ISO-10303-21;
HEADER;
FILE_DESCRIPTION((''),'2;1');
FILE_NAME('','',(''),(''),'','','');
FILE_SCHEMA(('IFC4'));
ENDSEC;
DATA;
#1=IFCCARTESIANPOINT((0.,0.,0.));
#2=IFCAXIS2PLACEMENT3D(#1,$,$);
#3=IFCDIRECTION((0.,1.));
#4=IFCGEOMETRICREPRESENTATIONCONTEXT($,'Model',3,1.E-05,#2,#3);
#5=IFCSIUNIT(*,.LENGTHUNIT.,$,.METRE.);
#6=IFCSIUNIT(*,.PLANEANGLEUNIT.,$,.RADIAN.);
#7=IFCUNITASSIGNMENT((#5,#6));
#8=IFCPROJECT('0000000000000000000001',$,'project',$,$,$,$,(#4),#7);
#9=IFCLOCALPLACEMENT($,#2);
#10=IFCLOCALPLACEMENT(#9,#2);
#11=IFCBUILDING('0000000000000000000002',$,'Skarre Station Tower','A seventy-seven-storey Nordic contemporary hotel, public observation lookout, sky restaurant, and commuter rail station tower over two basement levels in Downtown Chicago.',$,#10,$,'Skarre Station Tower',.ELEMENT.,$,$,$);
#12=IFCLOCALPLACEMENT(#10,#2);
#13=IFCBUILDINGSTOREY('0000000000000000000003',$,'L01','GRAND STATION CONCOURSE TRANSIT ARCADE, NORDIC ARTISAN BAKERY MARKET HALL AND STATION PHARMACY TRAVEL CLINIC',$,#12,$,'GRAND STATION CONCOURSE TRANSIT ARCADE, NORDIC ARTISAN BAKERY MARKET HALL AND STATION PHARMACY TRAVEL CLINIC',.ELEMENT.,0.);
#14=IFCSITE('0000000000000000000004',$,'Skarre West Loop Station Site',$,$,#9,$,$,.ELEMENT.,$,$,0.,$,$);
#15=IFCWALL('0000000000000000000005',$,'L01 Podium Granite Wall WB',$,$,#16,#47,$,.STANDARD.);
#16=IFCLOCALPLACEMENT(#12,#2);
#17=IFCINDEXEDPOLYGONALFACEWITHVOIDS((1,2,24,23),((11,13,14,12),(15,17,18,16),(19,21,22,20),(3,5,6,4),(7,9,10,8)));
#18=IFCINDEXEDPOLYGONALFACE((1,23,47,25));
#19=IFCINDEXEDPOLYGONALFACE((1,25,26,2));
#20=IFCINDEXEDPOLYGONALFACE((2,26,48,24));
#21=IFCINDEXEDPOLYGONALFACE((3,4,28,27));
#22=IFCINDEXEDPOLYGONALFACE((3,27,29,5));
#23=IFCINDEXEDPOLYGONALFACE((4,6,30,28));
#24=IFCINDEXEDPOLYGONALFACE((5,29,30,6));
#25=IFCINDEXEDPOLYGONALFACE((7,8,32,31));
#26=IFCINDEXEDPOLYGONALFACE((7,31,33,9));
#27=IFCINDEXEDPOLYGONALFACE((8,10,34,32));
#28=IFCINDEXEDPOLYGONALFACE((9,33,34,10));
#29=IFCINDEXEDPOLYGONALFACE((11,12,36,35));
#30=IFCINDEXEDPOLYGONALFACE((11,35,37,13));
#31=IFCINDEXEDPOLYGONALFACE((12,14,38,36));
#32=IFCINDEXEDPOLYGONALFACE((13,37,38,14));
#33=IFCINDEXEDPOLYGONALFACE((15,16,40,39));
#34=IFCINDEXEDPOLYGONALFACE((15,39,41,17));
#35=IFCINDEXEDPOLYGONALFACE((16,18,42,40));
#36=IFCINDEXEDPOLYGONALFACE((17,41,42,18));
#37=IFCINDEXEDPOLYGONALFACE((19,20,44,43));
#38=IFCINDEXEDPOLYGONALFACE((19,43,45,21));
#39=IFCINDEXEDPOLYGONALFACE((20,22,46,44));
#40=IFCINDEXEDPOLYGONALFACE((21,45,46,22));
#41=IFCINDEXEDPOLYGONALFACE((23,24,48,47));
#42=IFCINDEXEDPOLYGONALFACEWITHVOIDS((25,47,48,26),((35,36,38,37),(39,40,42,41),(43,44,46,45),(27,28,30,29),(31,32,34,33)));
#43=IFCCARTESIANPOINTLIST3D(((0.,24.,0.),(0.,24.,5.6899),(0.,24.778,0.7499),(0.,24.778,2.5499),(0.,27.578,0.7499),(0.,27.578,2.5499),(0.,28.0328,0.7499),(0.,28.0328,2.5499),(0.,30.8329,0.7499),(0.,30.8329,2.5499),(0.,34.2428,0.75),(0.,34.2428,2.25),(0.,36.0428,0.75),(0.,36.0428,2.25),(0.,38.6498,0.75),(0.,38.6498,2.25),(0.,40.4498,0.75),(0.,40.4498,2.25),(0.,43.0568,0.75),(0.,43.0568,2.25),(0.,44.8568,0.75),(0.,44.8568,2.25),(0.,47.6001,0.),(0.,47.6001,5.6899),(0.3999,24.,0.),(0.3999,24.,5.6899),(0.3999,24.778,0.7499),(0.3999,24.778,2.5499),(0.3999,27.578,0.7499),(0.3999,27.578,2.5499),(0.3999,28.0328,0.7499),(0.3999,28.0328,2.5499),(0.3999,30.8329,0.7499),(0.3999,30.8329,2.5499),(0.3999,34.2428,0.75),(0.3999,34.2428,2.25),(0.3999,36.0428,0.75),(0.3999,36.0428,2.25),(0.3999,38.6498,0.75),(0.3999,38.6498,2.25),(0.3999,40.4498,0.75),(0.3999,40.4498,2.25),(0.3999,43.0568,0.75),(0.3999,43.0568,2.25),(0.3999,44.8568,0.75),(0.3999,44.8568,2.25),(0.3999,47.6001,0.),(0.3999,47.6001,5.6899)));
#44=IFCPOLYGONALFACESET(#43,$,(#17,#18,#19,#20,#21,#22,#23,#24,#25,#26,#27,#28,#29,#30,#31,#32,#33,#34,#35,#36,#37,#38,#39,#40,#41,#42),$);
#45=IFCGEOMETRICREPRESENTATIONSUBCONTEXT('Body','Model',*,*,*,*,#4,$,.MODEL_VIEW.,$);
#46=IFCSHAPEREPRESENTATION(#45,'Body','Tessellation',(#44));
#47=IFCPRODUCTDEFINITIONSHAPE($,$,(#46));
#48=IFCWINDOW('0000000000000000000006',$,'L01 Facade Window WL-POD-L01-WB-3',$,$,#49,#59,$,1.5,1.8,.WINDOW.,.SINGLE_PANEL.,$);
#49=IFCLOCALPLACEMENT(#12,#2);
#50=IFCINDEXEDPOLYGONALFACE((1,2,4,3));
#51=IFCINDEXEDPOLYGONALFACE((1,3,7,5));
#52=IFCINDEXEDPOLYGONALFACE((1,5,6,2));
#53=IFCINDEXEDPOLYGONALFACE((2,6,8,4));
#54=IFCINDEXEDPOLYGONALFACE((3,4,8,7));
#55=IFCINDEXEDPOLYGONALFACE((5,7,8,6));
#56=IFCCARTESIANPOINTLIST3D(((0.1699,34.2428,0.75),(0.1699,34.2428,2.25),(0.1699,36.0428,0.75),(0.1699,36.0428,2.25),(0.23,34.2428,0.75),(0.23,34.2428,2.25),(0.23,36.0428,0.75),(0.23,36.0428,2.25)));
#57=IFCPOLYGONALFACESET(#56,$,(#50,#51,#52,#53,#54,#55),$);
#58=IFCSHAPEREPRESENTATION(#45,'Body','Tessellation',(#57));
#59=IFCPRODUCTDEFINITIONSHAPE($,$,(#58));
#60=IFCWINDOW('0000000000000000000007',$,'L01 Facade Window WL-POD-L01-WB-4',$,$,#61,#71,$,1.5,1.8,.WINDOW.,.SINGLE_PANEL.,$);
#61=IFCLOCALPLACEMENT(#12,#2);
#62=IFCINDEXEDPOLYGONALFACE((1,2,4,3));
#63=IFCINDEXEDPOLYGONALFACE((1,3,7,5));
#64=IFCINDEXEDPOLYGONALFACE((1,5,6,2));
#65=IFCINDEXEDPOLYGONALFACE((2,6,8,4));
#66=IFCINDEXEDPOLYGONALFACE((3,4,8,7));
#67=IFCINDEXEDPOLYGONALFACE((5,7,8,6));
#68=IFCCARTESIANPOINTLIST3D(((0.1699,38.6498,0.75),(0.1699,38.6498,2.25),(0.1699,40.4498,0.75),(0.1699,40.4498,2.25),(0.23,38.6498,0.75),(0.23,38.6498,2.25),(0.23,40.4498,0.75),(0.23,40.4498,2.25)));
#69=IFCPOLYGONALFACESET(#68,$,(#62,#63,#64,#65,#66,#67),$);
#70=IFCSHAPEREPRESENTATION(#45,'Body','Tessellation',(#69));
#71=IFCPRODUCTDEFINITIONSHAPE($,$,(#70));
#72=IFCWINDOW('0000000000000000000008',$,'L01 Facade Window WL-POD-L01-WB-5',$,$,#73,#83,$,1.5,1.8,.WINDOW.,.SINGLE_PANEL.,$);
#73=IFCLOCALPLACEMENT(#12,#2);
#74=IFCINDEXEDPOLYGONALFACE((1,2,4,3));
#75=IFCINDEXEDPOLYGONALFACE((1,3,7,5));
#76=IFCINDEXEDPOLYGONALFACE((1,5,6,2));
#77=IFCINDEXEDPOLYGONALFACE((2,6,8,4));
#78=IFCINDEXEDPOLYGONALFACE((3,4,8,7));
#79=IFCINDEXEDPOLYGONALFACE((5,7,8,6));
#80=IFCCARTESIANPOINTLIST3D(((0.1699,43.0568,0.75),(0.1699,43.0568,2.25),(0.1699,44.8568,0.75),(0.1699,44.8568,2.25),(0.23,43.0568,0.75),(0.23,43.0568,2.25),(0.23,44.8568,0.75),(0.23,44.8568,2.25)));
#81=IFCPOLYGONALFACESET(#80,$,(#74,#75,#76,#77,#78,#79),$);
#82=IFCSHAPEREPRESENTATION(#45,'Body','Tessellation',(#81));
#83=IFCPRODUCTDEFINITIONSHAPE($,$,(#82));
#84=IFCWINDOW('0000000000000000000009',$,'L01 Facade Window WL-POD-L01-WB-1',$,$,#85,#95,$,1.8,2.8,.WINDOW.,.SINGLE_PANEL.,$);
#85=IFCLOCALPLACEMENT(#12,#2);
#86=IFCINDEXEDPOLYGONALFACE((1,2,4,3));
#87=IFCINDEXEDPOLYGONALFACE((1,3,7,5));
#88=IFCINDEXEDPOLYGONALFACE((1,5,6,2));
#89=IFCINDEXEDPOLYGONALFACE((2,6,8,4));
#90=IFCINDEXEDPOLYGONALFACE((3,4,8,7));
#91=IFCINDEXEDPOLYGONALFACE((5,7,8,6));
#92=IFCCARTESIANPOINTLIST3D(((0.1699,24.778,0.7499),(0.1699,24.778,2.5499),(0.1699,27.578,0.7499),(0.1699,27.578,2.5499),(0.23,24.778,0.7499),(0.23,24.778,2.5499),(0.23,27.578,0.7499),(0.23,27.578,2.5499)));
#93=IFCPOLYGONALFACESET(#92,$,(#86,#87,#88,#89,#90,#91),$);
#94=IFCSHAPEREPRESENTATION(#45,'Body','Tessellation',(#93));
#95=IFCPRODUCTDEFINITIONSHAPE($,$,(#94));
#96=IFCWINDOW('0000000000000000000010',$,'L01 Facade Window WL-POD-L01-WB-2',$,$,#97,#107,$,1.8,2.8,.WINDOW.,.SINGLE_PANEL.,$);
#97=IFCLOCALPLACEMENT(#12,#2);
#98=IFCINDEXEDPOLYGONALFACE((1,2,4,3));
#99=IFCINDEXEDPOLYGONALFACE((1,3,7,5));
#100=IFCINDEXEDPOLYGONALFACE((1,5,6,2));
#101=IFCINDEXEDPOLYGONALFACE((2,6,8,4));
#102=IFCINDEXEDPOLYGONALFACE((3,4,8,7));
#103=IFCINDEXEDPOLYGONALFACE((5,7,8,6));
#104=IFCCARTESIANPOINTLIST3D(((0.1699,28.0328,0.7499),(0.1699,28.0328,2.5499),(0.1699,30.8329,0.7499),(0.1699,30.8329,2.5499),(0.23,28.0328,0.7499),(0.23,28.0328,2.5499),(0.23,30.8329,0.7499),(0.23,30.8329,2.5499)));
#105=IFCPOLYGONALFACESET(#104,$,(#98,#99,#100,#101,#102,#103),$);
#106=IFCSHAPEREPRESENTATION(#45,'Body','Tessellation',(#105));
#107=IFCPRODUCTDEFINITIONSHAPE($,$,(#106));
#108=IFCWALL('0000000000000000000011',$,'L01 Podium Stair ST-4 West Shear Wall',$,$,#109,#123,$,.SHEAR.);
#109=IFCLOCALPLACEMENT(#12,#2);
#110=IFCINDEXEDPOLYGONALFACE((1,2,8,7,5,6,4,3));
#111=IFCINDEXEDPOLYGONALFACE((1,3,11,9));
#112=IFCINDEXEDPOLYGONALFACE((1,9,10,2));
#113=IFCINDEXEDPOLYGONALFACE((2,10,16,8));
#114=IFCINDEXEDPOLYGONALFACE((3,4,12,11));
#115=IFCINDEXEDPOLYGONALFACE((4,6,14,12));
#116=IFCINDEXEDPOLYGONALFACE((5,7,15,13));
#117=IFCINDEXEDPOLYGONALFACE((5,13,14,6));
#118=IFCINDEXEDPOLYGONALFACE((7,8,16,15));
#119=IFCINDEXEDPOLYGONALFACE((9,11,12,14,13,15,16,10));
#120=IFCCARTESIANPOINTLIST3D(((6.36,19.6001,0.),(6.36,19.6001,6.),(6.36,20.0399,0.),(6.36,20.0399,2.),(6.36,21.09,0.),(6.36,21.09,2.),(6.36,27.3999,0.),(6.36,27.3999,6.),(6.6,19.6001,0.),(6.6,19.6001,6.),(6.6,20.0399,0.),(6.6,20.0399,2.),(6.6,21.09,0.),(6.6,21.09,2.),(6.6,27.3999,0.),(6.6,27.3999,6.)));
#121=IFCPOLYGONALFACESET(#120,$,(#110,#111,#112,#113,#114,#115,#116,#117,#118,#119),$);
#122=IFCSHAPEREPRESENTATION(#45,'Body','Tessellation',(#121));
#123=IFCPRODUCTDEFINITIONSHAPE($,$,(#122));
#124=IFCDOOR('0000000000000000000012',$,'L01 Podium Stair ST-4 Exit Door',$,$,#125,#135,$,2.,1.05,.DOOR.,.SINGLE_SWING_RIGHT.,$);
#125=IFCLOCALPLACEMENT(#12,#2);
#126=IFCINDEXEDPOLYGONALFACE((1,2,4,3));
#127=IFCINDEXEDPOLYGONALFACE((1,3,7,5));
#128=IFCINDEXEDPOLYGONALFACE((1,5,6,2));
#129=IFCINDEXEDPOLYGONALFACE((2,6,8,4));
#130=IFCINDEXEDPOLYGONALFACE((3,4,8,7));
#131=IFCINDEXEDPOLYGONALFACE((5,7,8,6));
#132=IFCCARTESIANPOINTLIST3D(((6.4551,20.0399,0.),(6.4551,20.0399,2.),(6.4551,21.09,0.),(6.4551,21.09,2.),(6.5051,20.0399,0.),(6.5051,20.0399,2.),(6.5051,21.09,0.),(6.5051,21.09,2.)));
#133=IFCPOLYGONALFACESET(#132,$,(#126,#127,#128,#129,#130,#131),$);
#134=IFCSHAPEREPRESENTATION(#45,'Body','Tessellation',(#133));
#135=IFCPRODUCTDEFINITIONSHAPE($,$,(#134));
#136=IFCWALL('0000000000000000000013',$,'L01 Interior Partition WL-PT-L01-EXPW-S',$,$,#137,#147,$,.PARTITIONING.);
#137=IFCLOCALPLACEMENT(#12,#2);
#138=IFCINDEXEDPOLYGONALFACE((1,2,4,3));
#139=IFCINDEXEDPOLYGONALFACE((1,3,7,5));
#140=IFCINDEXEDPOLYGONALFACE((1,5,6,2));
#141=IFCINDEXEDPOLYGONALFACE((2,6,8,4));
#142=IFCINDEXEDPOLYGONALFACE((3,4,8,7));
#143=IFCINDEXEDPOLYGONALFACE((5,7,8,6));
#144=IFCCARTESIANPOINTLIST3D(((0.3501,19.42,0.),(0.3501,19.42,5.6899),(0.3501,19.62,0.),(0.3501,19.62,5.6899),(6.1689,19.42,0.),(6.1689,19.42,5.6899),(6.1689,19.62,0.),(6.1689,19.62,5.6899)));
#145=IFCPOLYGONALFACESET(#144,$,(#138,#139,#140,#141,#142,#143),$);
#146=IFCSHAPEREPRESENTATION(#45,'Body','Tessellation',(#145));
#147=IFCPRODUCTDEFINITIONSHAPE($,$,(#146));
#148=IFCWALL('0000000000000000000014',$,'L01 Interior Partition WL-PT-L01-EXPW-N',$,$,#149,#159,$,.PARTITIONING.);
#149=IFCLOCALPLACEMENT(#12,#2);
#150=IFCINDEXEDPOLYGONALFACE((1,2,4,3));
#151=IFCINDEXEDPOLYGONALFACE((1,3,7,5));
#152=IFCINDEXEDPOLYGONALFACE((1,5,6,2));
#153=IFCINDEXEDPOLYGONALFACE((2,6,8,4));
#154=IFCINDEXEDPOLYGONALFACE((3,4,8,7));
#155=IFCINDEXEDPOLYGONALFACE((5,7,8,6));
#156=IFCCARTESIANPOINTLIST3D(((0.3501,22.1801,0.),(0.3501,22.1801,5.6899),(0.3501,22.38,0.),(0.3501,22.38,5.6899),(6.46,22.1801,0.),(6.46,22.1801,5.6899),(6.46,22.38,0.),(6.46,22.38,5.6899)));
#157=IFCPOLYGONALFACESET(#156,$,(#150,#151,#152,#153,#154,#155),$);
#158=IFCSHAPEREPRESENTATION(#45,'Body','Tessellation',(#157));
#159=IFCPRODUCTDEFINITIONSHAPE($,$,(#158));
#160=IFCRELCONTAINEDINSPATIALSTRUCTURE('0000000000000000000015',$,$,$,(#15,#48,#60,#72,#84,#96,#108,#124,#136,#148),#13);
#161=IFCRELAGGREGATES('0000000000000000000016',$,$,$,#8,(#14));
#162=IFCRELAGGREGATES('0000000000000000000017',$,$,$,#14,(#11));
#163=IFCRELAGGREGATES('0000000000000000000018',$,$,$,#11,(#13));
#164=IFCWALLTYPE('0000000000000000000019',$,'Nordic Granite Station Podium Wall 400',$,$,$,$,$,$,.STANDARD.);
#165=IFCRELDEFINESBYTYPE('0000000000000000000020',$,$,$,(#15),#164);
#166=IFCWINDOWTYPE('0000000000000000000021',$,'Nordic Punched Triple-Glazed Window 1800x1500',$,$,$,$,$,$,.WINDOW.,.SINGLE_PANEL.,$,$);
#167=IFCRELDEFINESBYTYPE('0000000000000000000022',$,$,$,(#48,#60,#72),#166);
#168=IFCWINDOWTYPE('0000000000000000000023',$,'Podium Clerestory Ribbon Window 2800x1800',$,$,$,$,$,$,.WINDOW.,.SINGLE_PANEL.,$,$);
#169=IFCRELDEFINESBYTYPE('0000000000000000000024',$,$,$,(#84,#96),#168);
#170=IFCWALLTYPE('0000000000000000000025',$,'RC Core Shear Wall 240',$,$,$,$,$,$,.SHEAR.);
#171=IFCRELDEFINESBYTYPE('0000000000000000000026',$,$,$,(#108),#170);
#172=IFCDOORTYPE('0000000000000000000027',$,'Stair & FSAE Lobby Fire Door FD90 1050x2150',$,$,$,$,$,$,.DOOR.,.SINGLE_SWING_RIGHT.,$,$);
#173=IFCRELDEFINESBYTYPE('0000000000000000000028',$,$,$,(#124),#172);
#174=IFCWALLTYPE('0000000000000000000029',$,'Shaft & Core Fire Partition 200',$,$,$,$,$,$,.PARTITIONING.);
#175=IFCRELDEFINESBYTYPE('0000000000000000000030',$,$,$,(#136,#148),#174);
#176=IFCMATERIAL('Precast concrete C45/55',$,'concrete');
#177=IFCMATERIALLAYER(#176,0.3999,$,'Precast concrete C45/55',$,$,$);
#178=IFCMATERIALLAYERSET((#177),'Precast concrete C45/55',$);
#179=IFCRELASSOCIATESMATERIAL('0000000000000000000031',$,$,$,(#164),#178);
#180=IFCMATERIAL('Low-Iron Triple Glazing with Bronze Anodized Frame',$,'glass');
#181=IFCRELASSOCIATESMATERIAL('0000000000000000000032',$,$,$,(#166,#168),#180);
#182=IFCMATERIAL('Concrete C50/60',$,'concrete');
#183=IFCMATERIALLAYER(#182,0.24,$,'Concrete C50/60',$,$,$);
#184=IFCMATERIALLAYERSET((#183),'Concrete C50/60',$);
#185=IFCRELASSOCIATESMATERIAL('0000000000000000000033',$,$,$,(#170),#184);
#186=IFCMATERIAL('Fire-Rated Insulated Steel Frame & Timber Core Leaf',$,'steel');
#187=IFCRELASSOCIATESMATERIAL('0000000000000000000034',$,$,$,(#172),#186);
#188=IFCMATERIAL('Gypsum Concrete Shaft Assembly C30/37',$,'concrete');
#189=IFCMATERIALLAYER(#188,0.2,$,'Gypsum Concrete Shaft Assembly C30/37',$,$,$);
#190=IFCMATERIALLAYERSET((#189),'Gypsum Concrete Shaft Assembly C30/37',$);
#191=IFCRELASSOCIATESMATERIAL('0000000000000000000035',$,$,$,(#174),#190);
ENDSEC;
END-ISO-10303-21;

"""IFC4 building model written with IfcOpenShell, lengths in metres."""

from ifc_helpers import new_model, si_unit, direction, frame, frame_2d, origin, place, context, subcontext, project, spatial, rectangle, extrude, material, layer, layer_set, type_object, element, fill, save


model = new_model("IFC4")

# Units and contexts
model_context = context("Model", 3, precision=1e-05, world=origin(), true_north=direction((0.0, 1.0)))
body_context = subcontext(model_context, "Body", "Model", "MODEL_VIEW")
ifc_project = project(units=[si_unit("LENGTHUNIT", "METRE"), si_unit("PLANEANGLEUNIT", "RADIAN")], contexts=[model_context])

# Site, building, storey
site_placement = place(None, origin())
site = spatial("IfcSite", under=ifc_project, at=site_placement, Name="Skarre West Loop Station Site", CompositionType="ELEMENT", RefElevation=0.0)
building_placement = place(site_placement, origin())
building = spatial("IfcBuilding", under=site, at=building_placement, Name="Skarre Station Tower", Description="A seventy-seven-storey Nordic contemporary hotel, public observation lookout, sky restaurant, and commuter rail station tower over two basement levels in Downtown Chicago.", LongName="Skarre Station Tower", CompositionType="ELEMENT")
storey_placement = place(building_placement, origin())
storey = spatial("IfcBuildingStorey", under=building, at=storey_placement, Name="L01", Description="GRAND STATION CONCOURSE TRANSIT ARCADE, NORDIC ARTISAN BAKERY MARKET HALL AND STATION PHARMACY TRAVEL CLINIC", LongName="GRAND STATION CONCOURSE TRANSIT ARCADE, NORDIC ARTISAN BAKERY MARKET HALL AND STATION PHARMACY TRAVEL CLINIC", CompositionType="ELEMENT", Elevation=0.0)

# Wall, openings, windows
ifc_material_1 = material(Name="Precast concrete C45/55", Category="concrete")
ifc_layer_1 = layer(ifc_material_1, 0.3999, Name="Precast concrete C45/55")
ifc_layer_set_1 = layer_set([ifc_layer_1], Name="Precast concrete C45/55")
wall_type_1 = type_object("IfcWallType", Name="Nordic Granite Station Podium Wall 400", PredefinedType="STANDARD", material=ifc_layer_set_1)
wall_1_placement = place(storey_placement, frame((0.2, 24.0, 0.0), z_axis=(0.0, 0.0, 1.0), x_axis=(0.0, 1.0, 0.0)))
wall_1 = element("IfcWall", 1, at=wall_1_placement, inside=storey, type_object=wall_type_1, Name="L01 Podium Granite Wall WB", PredefinedType="STANDARD", context=body_context, shape_type="SweptSolid", body=[
    extrude(rectangle(XDim=23.6001, YDim=0.3999, at=frame_2d((11.8, 0.0))), origin(), (0.0, 0.0, 1.0), 5.6899),
])
opening_1_placement = place(wall_1_placement, frame((0.7781, 0.0, 0.75)))
opening_1 = element("IfcOpeningElement", 2, at=opening_1_placement, cuts=wall_1, PredefinedType="OPENING", context=body_context, shape_type="SweptSolid", body=[
    extrude(rectangle(XDim=2.8, YDim=1.8, at=frame_2d((1.3999, 0.8999))), frame((0.0, 0.21, 0.0), z_axis=(0.0, -1.0, 0.0), x_axis=(1.0, 0.0, 0.0)), (0.0, 0.0, 1.0), 0.4199),
])
opening_2_placement = place(wall_1_placement, frame((4.033, 0.0, 0.75)))
opening_2 = element("IfcOpeningElement", 3, at=opening_2_placement, cuts=wall_1, PredefinedType="OPENING", context=body_context, shape_type="SweptSolid", body=[
    extrude(rectangle(XDim=2.8, YDim=1.8, at=frame_2d((1.3999, 0.8999))), frame((0.0, 0.21, 0.0), z_axis=(0.0, -1.0, 0.0), x_axis=(1.0, 0.0, 0.0)), (0.0, 0.0, 1.0), 0.4199),
])
opening_3_placement = place(wall_1_placement, frame((10.2429, 0.0, 0.75)))
opening_3 = element("IfcOpeningElement", 4, at=opening_3_placement, cuts=wall_1, PredefinedType="OPENING", context=body_context, shape_type="SweptSolid", body=[
    extrude(rectangle(XDim=1.8, YDim=1.5, at=frame_2d((0.8999, 0.75))), frame((0.0, 0.21, 0.0), z_axis=(0.0, -1.0, 0.0), x_axis=(1.0, 0.0, 0.0)), (0.0, 0.0, 1.0), 0.4199),
])
opening_4_placement = place(wall_1_placement, frame((14.6499, 0.0, 0.75)))
opening_4 = element("IfcOpeningElement", 5, at=opening_4_placement, cuts=wall_1, PredefinedType="OPENING", context=body_context, shape_type="SweptSolid", body=[
    extrude(rectangle(XDim=1.8, YDim=1.5, at=frame_2d((0.8999, 0.75))), frame((0.0, 0.21, 0.0), z_axis=(0.0, -1.0, 0.0), x_axis=(1.0, 0.0, 0.0)), (0.0, 0.0, 1.0), 0.4199),
])
opening_5_placement = place(wall_1_placement, frame((19.0569, 0.0, 0.75)))
opening_5 = element("IfcOpeningElement", 6, at=opening_5_placement, cuts=wall_1, PredefinedType="OPENING", context=body_context, shape_type="SweptSolid", body=[
    extrude(rectangle(XDim=1.8, YDim=1.5, at=frame_2d((0.8999, 0.75))), frame((0.0, 0.21, 0.0), z_axis=(0.0, -1.0, 0.0), x_axis=(1.0, 0.0, 0.0)), (0.0, 0.0, 1.0), 0.4199),
])
ifc_material_2 = material(Name="Low-Iron Triple Glazing with Bronze Anodized Frame", Category="glass")
window_type_1 = type_object("IfcWindowType", Name="Nordic Punched Triple-Glazed Window 1800x1500", PartitioningType="SINGLE_PANEL", PredefinedType="WINDOW", material=ifc_material_2)
window_1_placement = place(opening_3_placement, origin())
window_1 = element("IfcWindow", 7, at=window_1_placement, inside=storey, type_object=window_type_1, Name="L01 Facade Window WL-POD-L01-WB-3", OverallHeight=1.5, OverallWidth=1.8, PartitioningType="SINGLE_PANEL", PredefinedType="WINDOW", context=body_context, shape_type="SweptSolid", body=[
    extrude(rectangle(XDim=1.8, YDim=1.5, at=frame_2d((0.8999, 0.75))), frame((0.0, 0.03, 0.0), z_axis=(0.0, -1.0, 0.0), x_axis=(1.0, 0.0, 0.0)), (0.0, 0.0, 1.0), 0.0601),
])
fill(opening_3, window_1)
window_2_placement = place(opening_4_placement, origin())
window_2 = element("IfcWindow", 8, at=window_2_placement, inside=storey, type_object=window_type_1, Name="L01 Facade Window WL-POD-L01-WB-4", OverallHeight=1.5, OverallWidth=1.8, PartitioningType="SINGLE_PANEL", PredefinedType="WINDOW", context=body_context, shape_type="SweptSolid", body=[
    extrude(rectangle(XDim=1.8, YDim=1.5, at=frame_2d((0.8999, 0.75))), frame((0.0, 0.03, 0.0), z_axis=(0.0, -1.0, 0.0), x_axis=(1.0, 0.0, 0.0)), (0.0, 0.0, 1.0), 0.0601),
])
fill(opening_4, window_2)
window_3_placement = place(opening_5_placement, origin())
window_3 = element("IfcWindow", 9, at=window_3_placement, inside=storey, type_object=window_type_1, Name="L01 Facade Window WL-POD-L01-WB-5", OverallHeight=1.5, OverallWidth=1.8, PartitioningType="SINGLE_PANEL", PredefinedType="WINDOW", context=body_context, shape_type="SweptSolid", body=[
    extrude(rectangle(XDim=1.8, YDim=1.5, at=frame_2d((0.8999, 0.75))), frame((0.0, 0.03, 0.0), z_axis=(0.0, -1.0, 0.0), x_axis=(1.0, 0.0, 0.0)), (0.0, 0.0, 1.0), 0.0601),
])
fill(opening_5, window_3)
window_type_2 = type_object("IfcWindowType", Name="Podium Clerestory Ribbon Window 2800x1800", PartitioningType="SINGLE_PANEL", PredefinedType="WINDOW", material=ifc_material_2)
window_4_placement = place(opening_1_placement, origin())
window_4 = element("IfcWindow", 10, at=window_4_placement, inside=storey, type_object=window_type_2, Name="L01 Facade Window WL-POD-L01-WB-1", OverallHeight=1.8, OverallWidth=2.8, PartitioningType="SINGLE_PANEL", PredefinedType="WINDOW", context=body_context, shape_type="SweptSolid", body=[
    extrude(rectangle(XDim=2.8, YDim=1.8, at=frame_2d((1.3999, 0.8999))), frame((0.0, 0.03, 0.0), z_axis=(0.0, -1.0, 0.0), x_axis=(1.0, 0.0, 0.0)), (0.0, 0.0, 1.0), 0.0601),
])
fill(opening_1, window_4)
window_5_placement = place(opening_2_placement, origin())
window_5 = element("IfcWindow", 11, at=window_5_placement, inside=storey, type_object=window_type_2, Name="L01 Facade Window WL-POD-L01-WB-2", OverallHeight=1.8, OverallWidth=2.8, PartitioningType="SINGLE_PANEL", PredefinedType="WINDOW", context=body_context, shape_type="SweptSolid", body=[
    extrude(rectangle(XDim=2.8, YDim=1.8, at=frame_2d((1.3999, 0.8999))), frame((0.0, 0.03, 0.0), z_axis=(0.0, -1.0, 0.0), x_axis=(1.0, 0.0, 0.0)), (0.0, 0.0, 1.0), 0.0601),
])
fill(opening_2, window_5)

# Wall, opening, door
ifc_material_3 = material(Name="Concrete C50/60", Category="concrete")
ifc_layer_2 = layer(ifc_material_3, 0.24, Name="Concrete C50/60")
ifc_layer_set_2 = layer_set([ifc_layer_2], Name="Concrete C50/60")
wall_type_2 = type_object("IfcWallType", Name="RC Core Shear Wall 240", PredefinedType="SHEAR", material=ifc_layer_set_2)
wall_2_placement = place(storey_placement, frame((6.48, 19.6001, 0.0), z_axis=(0.0, 0.0, 1.0), x_axis=(0.0, 1.0, 0.0)))
wall_2 = element("IfcWall", 12, at=wall_2_placement, inside=storey, type_object=wall_type_2, Name="L01 Podium Stair ST-4 West Shear Wall", PredefinedType="SHEAR", context=body_context, shape_type="SweptSolid", body=[
    extrude(rectangle(XDim=7.7998, YDim=0.24, at=frame_2d((3.8999, 0.0))), origin(), (0.0, 0.0, 1.0), 6.0),
])
opening_6_placement = place(wall_2_placement, frame((0.4399, 0.0, 0.0)))
opening_6 = element("IfcOpeningElement", 13, at=opening_6_placement, cuts=wall_2, PredefinedType="OPENING", context=body_context, shape_type="SweptSolid", body=[
    extrude(rectangle(XDim=1.05, YDim=2.0, at=frame_2d((0.5249, 1.0))), frame((0.0, 0.1299, 0.0), z_axis=(0.0, -1.0, 0.0), x_axis=(1.0, 0.0, 0.0)), (0.0, 0.0, 1.0), 0.26),
])
ifc_material_4 = material(Name="Fire-Rated Insulated Steel Frame & Timber Core Leaf", Category="steel")
door_type = type_object("IfcDoorType", Name="Stair & FSAE Lobby Fire Door FD90 1050x2150", OperationType="SINGLE_SWING_RIGHT", PredefinedType="DOOR", material=ifc_material_4)
door_placement = place(opening_6_placement, origin())
door = element("IfcDoor", 14, at=door_placement, inside=storey, type_object=door_type, Name="L01 Podium Stair ST-4 Exit Door", OperationType="SINGLE_SWING_RIGHT", OverallHeight=2.0, OverallWidth=1.05, PredefinedType="DOOR", context=body_context, shape_type="SweptSolid", body=[
    extrude(rectangle(XDim=1.05, YDim=2.0, at=frame_2d((0.5249, 1.0))), frame((0.0, 0.0249, 0.0), z_axis=(0.0, -1.0, 0.0), x_axis=(1.0, 0.0, 0.0)), (0.0, 0.0, 1.0), 0.05),
])
fill(opening_6, door)

# Walls
ifc_material_5 = material(Name="Gypsum Concrete Shaft Assembly C30/37", Category="concrete")
ifc_layer_3 = layer(ifc_material_5, 0.2, Name="Gypsum Concrete Shaft Assembly C30/37")
ifc_layer_set_3 = layer_set([ifc_layer_3], Name="Gypsum Concrete Shaft Assembly C30/37")
wall_type_3 = type_object("IfcWallType", Name="Shaft & Core Fire Partition 200", PredefinedType="PARTITIONING", material=ifc_layer_set_3)
wall_3_placement = place(storey_placement, frame((0.3501, 19.52, 0.0), z_axis=(0.0, 0.0, 1.0), x_axis=(1.0, 0.0, 0.0)))
element("IfcWall", 15, at=wall_3_placement, inside=storey, type_object=wall_type_3, Name="L01 Interior Partition WL-PT-L01-EXPW-S", PredefinedType="PARTITIONING", context=body_context, shape_type="SweptSolid", body=[
    extrude(rectangle(XDim=5.8188, YDim=0.2, at=frame_2d((2.9094, 0.0))), origin(), (0.0, 0.0, 1.0), 5.6899),
])
wall_4_placement = place(storey_placement, frame((6.46, 22.28, 0.0), z_axis=(0.0, 0.0, 1.0), x_axis=(-1.0, 0.0, 0.0)))
element("IfcWall", 16, at=wall_4_placement, inside=storey, type_object=wall_type_3, Name="L01 Interior Partition WL-PT-L01-EXPW-N", PredefinedType="PARTITIONING", context=body_context, shape_type="SweptSolid", body=[
    extrude(rectangle(XDim=6.1099, YDim=0.2, at=frame_2d((3.0549, 0.0))), origin(), (0.0, 0.0, 1.0), 5.6899),
])

save(model, "model.ifc")
